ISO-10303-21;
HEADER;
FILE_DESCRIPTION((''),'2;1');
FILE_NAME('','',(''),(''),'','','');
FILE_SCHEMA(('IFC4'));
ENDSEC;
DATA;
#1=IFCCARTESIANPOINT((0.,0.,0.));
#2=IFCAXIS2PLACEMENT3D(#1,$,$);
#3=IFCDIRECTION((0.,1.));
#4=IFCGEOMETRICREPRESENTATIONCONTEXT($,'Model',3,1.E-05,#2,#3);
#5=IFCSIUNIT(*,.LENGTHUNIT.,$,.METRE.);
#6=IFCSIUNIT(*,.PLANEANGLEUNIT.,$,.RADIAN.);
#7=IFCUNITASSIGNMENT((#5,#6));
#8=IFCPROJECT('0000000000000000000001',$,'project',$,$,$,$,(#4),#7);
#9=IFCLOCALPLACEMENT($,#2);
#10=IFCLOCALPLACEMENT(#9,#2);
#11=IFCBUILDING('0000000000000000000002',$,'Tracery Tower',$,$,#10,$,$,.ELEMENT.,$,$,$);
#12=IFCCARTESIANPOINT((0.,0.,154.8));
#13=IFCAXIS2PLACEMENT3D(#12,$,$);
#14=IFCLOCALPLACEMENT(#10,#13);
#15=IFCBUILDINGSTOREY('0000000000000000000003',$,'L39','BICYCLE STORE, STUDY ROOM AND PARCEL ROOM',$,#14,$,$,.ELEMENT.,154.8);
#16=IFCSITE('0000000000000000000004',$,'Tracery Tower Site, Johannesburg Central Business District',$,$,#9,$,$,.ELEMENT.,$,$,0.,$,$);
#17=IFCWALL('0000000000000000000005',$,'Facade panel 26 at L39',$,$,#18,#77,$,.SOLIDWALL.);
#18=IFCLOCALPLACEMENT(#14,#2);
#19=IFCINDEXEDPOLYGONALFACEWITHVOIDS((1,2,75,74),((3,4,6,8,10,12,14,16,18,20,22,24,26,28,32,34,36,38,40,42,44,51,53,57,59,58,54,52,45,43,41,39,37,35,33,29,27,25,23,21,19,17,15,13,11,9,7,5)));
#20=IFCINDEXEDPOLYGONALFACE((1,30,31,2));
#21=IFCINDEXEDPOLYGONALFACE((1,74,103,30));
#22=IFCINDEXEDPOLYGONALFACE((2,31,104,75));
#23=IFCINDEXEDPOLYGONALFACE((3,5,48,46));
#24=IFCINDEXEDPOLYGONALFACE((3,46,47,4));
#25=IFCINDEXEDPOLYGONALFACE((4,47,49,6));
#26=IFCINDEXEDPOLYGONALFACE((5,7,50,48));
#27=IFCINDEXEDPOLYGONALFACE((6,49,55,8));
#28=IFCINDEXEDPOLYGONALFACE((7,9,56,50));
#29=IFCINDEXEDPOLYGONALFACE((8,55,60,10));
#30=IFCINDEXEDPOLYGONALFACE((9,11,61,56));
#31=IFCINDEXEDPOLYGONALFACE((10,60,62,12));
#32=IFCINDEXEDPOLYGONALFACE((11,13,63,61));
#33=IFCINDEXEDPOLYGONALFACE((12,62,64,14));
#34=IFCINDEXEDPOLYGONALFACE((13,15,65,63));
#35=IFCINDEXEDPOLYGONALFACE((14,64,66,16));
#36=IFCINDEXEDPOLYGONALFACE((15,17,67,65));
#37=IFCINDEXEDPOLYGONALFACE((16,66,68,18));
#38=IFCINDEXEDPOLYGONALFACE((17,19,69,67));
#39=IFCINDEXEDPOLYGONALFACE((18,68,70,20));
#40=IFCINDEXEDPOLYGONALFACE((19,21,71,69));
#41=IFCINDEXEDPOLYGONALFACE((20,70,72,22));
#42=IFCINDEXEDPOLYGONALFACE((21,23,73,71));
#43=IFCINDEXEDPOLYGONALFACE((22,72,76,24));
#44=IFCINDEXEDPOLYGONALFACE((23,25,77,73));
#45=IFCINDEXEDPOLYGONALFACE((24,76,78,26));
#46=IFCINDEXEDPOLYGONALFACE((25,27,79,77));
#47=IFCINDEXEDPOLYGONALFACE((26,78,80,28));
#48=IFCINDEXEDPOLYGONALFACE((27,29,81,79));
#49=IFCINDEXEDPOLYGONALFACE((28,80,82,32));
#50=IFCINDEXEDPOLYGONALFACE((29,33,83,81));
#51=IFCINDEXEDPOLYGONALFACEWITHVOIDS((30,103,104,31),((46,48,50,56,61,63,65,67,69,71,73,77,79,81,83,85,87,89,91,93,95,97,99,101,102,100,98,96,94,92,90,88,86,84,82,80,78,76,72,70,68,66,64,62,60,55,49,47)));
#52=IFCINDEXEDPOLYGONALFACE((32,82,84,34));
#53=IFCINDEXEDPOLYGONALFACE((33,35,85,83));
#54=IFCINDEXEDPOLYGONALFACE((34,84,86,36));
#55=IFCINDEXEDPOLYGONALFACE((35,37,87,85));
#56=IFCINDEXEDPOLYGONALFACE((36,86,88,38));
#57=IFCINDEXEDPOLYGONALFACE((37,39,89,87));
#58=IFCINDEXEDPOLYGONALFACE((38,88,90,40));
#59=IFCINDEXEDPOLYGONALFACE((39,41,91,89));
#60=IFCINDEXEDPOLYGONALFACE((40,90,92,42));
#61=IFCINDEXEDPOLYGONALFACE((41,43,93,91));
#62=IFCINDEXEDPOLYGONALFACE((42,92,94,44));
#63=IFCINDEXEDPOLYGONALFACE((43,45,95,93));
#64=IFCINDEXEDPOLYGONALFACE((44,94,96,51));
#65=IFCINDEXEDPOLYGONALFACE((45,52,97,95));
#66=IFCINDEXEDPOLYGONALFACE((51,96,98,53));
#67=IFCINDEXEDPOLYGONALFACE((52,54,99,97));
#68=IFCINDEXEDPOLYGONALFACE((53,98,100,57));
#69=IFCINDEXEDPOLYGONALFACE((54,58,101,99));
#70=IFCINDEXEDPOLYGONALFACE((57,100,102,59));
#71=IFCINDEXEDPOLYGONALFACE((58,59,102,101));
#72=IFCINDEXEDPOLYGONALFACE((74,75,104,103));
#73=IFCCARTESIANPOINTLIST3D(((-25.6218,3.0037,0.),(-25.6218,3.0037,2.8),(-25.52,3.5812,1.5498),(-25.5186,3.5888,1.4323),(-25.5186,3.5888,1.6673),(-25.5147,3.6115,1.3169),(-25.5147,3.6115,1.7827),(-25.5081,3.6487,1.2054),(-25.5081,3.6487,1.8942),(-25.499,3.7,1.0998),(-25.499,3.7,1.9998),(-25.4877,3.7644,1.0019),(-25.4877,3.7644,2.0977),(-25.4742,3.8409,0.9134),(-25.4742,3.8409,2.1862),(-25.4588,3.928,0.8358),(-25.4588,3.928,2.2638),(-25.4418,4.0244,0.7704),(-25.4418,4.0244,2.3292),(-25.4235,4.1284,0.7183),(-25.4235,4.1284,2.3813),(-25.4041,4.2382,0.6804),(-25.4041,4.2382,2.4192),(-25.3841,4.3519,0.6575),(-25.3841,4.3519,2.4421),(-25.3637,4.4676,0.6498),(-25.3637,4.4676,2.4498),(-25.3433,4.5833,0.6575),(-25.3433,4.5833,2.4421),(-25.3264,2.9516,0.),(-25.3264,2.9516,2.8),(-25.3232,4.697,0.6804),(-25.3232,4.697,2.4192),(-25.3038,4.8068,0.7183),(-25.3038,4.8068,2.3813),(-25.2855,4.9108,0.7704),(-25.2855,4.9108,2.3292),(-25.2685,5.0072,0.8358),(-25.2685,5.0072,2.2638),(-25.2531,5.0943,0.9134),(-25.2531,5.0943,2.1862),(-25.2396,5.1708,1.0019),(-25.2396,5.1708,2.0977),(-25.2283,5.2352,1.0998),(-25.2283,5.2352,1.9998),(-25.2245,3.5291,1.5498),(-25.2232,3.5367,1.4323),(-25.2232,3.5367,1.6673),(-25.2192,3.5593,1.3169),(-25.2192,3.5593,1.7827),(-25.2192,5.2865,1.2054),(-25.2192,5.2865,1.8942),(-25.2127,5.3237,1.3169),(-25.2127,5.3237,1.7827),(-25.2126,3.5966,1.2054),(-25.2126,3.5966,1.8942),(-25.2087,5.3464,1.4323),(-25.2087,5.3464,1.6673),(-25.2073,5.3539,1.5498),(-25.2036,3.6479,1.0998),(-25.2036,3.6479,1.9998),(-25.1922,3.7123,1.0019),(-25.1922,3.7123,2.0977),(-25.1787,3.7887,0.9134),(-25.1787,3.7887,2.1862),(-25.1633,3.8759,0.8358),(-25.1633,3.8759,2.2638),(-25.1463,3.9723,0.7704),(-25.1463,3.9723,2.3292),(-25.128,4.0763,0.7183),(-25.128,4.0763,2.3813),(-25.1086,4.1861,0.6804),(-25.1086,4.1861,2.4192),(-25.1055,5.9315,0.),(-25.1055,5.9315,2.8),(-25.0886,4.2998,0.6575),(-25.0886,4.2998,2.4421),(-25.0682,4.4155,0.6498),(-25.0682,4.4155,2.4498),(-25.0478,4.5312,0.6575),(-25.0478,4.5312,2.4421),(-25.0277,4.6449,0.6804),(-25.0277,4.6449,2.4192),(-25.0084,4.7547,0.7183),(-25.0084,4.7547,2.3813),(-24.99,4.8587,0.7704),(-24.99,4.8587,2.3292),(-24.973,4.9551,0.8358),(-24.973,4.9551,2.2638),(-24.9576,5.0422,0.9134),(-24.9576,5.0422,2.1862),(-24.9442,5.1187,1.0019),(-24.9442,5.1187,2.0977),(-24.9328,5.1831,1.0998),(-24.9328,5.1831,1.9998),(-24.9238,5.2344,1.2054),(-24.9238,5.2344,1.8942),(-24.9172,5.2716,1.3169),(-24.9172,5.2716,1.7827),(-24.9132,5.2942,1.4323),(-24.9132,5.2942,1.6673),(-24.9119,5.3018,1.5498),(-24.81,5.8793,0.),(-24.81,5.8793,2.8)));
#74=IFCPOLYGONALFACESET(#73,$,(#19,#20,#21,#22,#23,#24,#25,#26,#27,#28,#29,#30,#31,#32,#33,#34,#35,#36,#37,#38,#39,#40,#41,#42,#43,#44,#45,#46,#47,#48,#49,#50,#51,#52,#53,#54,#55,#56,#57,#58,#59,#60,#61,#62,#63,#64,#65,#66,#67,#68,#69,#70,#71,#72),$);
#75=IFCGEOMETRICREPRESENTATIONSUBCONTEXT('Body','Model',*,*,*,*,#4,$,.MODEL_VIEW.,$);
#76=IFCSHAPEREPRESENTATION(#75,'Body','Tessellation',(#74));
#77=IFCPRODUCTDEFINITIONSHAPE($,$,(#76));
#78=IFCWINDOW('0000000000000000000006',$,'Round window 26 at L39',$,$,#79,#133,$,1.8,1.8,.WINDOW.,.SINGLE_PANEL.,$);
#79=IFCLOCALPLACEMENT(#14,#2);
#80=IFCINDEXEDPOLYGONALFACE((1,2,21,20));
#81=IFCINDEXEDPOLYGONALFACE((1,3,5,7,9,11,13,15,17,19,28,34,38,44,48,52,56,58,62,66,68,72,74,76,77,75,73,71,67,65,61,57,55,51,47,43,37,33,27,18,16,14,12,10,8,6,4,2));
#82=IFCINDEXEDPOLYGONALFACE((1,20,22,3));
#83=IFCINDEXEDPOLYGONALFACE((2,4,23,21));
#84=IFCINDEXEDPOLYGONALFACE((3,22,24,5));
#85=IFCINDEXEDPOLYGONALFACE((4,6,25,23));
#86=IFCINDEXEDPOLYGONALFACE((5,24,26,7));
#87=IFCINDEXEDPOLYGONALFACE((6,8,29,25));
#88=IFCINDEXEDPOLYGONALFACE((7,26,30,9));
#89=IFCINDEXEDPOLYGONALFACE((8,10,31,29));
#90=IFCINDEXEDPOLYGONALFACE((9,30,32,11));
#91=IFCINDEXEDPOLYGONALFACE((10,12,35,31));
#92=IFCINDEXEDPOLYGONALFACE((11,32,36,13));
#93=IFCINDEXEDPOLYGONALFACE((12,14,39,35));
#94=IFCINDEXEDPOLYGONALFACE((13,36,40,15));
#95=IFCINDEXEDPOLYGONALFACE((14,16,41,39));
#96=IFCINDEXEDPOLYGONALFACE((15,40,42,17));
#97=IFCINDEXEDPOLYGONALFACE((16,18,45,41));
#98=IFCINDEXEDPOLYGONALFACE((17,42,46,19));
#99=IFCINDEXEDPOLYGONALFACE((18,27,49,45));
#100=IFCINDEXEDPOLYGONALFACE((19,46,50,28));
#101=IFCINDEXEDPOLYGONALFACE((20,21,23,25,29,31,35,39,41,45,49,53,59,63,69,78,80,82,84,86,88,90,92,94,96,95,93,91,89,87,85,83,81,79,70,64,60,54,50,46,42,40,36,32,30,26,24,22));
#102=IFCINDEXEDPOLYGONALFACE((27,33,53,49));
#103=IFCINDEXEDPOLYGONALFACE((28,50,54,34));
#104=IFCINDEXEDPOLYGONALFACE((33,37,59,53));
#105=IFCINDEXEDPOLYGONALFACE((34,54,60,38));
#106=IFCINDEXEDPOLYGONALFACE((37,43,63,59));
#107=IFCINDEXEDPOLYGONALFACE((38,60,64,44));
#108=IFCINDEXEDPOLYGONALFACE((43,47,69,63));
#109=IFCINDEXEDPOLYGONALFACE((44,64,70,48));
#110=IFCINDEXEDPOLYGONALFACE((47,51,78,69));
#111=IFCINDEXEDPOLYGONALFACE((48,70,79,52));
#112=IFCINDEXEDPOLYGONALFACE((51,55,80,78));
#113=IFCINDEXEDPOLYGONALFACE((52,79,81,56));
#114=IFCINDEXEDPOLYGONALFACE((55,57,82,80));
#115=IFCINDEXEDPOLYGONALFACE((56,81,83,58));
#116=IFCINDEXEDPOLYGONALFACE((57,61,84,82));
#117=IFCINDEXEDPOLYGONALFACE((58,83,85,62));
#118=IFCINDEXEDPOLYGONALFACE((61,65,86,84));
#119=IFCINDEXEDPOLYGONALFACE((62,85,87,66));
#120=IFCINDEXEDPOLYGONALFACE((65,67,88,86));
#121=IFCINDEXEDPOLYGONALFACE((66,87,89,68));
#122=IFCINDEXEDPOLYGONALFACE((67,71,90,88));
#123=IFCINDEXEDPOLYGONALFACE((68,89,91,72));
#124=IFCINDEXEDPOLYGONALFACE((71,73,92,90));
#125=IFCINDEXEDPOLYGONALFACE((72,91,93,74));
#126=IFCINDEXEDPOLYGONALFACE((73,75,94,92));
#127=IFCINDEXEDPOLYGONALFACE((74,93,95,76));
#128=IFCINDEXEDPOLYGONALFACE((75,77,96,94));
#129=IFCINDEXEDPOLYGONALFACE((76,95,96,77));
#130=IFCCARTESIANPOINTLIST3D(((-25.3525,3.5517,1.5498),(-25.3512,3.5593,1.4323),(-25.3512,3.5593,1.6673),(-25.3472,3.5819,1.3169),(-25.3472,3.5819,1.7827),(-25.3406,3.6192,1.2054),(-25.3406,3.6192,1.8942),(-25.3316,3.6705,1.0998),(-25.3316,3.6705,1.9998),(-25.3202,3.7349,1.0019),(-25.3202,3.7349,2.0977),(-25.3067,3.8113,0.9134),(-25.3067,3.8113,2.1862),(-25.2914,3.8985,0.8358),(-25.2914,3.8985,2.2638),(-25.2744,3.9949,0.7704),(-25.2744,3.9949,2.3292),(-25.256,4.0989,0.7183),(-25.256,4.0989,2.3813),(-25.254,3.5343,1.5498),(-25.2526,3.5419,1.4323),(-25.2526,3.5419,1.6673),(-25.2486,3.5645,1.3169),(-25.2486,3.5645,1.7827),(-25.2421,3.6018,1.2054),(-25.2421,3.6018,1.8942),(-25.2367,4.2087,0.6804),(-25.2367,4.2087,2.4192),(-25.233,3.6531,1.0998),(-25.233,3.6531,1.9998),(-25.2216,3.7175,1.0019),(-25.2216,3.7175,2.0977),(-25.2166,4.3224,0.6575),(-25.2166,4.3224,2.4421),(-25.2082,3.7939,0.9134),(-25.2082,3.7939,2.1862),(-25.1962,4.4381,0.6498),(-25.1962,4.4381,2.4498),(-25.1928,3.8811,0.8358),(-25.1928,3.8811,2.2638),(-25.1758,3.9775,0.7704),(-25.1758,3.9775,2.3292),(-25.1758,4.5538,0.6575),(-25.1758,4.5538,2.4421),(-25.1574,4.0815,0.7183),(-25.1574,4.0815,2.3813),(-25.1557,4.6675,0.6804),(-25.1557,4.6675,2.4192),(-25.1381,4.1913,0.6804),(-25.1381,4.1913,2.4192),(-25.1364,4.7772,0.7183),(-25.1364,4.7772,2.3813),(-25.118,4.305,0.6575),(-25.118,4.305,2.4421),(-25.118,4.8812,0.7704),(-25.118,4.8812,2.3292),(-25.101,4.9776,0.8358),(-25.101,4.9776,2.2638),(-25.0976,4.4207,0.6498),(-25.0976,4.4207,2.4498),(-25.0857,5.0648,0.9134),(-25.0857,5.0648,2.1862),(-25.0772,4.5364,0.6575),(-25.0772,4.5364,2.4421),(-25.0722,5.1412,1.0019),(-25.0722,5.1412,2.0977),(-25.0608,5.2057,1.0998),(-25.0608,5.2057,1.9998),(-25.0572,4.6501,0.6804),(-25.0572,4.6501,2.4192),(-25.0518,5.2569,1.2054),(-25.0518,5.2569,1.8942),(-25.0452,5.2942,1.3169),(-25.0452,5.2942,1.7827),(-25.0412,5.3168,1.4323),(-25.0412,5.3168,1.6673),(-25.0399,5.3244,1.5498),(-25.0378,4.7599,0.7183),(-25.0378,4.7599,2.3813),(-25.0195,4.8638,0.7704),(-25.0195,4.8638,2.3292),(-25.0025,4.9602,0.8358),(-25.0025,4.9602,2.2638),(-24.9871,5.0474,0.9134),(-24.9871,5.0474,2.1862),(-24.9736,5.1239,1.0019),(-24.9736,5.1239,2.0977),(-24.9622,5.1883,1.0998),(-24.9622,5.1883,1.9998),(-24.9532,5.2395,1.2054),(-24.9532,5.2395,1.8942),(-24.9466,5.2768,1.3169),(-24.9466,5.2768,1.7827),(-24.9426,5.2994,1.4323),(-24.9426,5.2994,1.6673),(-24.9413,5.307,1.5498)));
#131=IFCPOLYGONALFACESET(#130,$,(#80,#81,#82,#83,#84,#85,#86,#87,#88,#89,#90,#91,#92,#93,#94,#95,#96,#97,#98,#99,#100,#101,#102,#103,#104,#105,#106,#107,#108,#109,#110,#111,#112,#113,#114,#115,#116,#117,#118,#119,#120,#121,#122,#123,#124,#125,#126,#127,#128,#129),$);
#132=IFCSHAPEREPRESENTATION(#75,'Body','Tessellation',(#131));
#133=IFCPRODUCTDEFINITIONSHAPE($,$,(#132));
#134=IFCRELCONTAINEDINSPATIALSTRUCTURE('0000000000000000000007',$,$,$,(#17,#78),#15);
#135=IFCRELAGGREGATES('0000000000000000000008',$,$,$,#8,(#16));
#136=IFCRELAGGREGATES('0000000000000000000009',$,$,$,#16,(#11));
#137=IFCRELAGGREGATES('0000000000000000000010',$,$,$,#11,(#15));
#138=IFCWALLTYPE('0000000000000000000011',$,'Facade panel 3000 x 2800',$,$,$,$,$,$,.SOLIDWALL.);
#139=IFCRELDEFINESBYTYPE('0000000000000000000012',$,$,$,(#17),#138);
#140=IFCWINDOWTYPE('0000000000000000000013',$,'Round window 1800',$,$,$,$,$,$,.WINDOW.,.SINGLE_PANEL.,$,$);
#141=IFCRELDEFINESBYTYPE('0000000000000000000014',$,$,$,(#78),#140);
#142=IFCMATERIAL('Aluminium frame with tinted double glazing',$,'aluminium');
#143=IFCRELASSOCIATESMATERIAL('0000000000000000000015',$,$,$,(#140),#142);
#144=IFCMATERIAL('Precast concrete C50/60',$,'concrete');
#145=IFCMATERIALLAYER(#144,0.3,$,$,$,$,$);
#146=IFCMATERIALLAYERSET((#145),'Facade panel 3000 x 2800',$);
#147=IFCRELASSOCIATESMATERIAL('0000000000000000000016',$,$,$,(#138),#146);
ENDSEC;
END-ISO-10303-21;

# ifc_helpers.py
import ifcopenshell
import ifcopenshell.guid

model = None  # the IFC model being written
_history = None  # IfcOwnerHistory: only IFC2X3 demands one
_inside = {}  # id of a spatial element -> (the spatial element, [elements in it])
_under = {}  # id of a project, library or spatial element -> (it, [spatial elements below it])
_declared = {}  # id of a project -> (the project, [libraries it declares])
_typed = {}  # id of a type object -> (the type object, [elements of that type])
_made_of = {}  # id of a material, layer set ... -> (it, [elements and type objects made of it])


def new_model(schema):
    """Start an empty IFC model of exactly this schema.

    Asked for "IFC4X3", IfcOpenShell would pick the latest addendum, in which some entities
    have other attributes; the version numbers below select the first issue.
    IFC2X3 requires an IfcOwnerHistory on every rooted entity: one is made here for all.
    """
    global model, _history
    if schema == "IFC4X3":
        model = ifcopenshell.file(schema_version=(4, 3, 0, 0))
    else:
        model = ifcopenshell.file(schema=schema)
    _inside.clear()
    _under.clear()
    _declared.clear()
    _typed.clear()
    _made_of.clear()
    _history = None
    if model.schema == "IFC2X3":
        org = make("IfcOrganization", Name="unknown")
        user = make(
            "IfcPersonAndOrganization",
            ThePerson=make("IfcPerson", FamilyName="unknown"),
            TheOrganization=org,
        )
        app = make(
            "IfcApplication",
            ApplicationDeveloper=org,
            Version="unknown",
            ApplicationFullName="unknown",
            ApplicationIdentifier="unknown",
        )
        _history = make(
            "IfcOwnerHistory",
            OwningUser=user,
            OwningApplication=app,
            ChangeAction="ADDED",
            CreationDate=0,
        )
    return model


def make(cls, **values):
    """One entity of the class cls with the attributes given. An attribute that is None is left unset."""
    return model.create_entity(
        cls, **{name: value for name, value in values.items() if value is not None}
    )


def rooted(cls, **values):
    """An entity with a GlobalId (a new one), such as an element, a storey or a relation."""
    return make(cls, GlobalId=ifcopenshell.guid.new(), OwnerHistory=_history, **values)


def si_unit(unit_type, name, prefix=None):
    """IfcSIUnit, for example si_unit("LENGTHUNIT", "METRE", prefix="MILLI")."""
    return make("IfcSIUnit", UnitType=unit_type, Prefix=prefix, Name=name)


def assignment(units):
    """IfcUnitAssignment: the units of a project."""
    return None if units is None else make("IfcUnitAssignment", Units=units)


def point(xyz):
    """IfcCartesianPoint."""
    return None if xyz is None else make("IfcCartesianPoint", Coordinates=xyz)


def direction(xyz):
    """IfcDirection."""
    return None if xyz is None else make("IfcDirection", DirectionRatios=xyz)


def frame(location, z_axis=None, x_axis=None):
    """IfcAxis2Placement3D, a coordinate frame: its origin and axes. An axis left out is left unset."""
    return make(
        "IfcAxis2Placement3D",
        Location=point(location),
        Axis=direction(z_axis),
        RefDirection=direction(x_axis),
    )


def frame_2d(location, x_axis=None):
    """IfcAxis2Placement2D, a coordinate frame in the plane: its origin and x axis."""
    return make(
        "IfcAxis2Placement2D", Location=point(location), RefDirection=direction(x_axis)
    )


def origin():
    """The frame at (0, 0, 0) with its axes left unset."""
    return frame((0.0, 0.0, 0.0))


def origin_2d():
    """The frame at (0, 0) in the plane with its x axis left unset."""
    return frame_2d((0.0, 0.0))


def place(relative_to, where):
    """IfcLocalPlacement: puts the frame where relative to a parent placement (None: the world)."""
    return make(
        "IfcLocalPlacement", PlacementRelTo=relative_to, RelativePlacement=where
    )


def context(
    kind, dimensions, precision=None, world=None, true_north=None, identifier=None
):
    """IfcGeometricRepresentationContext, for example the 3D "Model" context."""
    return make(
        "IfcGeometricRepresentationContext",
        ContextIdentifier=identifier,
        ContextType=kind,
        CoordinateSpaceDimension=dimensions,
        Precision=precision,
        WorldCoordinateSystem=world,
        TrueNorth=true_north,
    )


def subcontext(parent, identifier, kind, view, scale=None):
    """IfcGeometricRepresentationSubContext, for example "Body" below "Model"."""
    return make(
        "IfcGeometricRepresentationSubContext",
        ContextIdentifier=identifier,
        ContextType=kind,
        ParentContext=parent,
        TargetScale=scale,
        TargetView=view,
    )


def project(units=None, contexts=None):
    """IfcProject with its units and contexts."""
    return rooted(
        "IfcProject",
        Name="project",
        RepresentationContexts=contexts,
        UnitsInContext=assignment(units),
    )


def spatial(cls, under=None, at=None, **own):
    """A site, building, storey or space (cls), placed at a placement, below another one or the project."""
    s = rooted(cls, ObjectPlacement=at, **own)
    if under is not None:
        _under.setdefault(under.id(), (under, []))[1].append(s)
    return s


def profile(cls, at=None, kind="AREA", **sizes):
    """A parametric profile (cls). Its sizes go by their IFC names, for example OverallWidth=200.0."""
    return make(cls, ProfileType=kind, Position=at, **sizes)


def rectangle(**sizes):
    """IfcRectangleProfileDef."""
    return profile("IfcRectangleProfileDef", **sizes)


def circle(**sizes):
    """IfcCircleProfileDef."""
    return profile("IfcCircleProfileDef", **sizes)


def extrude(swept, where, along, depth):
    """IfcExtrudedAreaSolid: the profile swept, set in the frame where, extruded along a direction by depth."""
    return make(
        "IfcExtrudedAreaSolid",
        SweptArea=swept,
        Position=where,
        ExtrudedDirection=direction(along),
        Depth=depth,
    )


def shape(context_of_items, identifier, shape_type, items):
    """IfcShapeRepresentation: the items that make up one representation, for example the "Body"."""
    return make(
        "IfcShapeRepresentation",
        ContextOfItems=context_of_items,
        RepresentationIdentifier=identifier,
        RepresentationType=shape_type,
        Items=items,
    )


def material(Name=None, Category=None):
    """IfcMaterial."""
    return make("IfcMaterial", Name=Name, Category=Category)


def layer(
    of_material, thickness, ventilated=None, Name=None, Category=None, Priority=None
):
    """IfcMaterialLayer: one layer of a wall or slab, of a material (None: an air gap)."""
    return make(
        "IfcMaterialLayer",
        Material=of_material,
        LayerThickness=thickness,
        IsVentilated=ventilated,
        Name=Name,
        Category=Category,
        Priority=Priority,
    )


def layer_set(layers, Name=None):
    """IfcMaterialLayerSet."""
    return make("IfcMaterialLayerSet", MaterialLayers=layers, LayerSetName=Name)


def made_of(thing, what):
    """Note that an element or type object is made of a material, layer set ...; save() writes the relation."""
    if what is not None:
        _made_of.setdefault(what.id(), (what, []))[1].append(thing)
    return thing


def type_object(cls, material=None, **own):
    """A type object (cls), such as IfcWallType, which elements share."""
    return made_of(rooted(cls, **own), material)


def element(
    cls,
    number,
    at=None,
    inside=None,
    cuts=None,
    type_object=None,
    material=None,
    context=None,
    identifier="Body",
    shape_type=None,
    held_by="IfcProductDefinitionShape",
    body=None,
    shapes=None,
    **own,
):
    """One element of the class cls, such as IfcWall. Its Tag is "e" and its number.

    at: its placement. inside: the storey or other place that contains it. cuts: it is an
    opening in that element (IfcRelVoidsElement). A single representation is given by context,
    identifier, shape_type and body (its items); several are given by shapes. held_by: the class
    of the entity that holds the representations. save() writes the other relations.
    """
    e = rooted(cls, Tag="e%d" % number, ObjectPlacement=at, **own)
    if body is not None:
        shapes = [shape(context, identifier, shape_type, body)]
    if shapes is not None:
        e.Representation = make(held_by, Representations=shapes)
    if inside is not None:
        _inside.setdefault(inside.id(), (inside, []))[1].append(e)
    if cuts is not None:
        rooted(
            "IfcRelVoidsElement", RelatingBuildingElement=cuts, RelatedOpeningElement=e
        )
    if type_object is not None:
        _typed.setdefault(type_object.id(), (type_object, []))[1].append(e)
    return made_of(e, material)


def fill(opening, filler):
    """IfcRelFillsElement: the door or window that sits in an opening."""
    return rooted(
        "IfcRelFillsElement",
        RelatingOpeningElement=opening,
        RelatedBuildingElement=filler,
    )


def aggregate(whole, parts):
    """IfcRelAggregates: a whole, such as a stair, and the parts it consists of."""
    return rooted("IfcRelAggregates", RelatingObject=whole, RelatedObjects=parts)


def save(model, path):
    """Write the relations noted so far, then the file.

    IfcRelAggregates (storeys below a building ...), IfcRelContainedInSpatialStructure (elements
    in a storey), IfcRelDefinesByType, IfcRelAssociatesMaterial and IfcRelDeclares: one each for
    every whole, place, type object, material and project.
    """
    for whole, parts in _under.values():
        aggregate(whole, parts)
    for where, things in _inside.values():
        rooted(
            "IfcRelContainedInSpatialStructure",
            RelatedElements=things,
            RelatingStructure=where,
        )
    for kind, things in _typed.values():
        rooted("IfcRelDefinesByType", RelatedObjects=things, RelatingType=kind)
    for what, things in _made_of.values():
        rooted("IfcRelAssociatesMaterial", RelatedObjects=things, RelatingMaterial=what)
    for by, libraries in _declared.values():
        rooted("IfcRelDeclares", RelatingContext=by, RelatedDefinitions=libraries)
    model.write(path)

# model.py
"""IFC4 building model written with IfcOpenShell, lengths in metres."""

from ifc_helpers import new_model, si_unit, direction, frame, frame_2d, origin, origin_2d, place, context, subcontext, project, spatial, rectangle, circle, extrude, material, layer, layer_set, type_object, element, fill, save


model = new_model("IFC4")

# Units and contexts
model_context = context("Model", 3, precision=1e-05, world=origin(), true_north=direction((0.0, 1.0)))
body_context = subcontext(model_context, "Body", "Model", "MODEL_VIEW")
ifc_project = project(units=[si_unit("LENGTHUNIT", "METRE"), si_unit("PLANEANGLEUNIT", "RADIAN")], contexts=[model_context])

# Site, building, storey
site_placement = place(None, origin())
site = spatial("IfcSite", under=ifc_project, at=site_placement, Name="Tracery Tower Site, Johannesburg Central Business District", CompositionType="ELEMENT", RefElevation=0.0)
building_placement = place(site_placement, origin())
building = spatial("IfcBuilding", under=site, at=building_placement, Name="Tracery Tower", CompositionType="ELEMENT")
storey_placement = place(building_placement, frame((0.0, 0.0, 154.8)))
storey = spatial("IfcBuildingStorey", under=building, at=storey_placement, Name="L39", Description="BICYCLE STORE, STUDY ROOM AND PARCEL ROOM", CompositionType="ELEMENT", Elevation=154.8)

# Wall, opening, window
ifc_material_1 = material(Name="Aluminium frame with tinted double glazing", Category="aluminium")
window_type = type_object("IfcWindowType", Name="Round window 1800", PartitioningType="SINGLE_PANEL", PredefinedType="WINDOW", material=ifc_material_1)
ifc_material_2 = material(Name="Precast concrete C50/60", Category="concrete")
ifc_layer_1 = layer(ifc_material_2, 0.3)
ifc_layer_set_1 = layer_set([ifc_layer_1], Name="Facade panel 3000 x 2800")
wall_type_1 = type_object("IfcWallType", Name="Facade panel 3000 x 2800", PredefinedType="SOLIDWALL", material=ifc_layer_set_1)
wall_1_placement = place(storey_placement, frame((-24.9578, 5.9053, 0.0), z_axis=(0.0, 0.0, 1.0), x_axis=(-0.173687, -0.984801, 0.0)))
wall_1 = element("IfcWall", 1, at=wall_1_placement, inside=storey, type_object=wall_type_1, Name="Facade panel 26 at L39", PredefinedType="SOLIDWALL", context=body_context, shape_type="SweptSolid", body=[
    extrude(rectangle(XDim=2.9729, YDim=0.3, at=frame_2d((1.4863, 0.0))), origin(), (0.0, 0.0, 1.0), 2.8),
])
opening_1_placement = place(wall_1_placement, frame((1.4863, 0.0, 1.5498)))
opening_1 = element("IfcOpeningElement", 2, at=opening_1_placement, cuts=wall_1, PredefinedType="OPENING", context=body_context, shape_type="SweptSolid", body=[
    extrude(circle(Radius=0.9, at=origin_2d()), frame((0.0, 0.1599, 0.0), z_axis=(0.0, -1.0, 0.0), x_axis=(1.0, 0.0, 0.0)), (0.0, 0.0, 1.0), 0.3201),
])
window_1_placement = place(opening_1_placement, origin())
window_1 = element("IfcWindow", 3, at=window_1_placement, inside=storey, type_object=window_type, Name="Round window 26 at L39", OverallHeight=1.8, OverallWidth=1.8, PartitioningType="SINGLE_PANEL", PredefinedType="WINDOW", context=body_context, shape_type="SweptSolid", body=[
    extrude(circle(Radius=0.9, at=origin_2d()), frame((0.0, 0.1201, 0.0), z_axis=(0.0, -1.0, 0.0), x_axis=(1.0, 0.0, 0.0)), (0.0, 0.0, 1.0), 0.1001),
])
fill(opening_1, window_1)

save(model, "model.ifc")
